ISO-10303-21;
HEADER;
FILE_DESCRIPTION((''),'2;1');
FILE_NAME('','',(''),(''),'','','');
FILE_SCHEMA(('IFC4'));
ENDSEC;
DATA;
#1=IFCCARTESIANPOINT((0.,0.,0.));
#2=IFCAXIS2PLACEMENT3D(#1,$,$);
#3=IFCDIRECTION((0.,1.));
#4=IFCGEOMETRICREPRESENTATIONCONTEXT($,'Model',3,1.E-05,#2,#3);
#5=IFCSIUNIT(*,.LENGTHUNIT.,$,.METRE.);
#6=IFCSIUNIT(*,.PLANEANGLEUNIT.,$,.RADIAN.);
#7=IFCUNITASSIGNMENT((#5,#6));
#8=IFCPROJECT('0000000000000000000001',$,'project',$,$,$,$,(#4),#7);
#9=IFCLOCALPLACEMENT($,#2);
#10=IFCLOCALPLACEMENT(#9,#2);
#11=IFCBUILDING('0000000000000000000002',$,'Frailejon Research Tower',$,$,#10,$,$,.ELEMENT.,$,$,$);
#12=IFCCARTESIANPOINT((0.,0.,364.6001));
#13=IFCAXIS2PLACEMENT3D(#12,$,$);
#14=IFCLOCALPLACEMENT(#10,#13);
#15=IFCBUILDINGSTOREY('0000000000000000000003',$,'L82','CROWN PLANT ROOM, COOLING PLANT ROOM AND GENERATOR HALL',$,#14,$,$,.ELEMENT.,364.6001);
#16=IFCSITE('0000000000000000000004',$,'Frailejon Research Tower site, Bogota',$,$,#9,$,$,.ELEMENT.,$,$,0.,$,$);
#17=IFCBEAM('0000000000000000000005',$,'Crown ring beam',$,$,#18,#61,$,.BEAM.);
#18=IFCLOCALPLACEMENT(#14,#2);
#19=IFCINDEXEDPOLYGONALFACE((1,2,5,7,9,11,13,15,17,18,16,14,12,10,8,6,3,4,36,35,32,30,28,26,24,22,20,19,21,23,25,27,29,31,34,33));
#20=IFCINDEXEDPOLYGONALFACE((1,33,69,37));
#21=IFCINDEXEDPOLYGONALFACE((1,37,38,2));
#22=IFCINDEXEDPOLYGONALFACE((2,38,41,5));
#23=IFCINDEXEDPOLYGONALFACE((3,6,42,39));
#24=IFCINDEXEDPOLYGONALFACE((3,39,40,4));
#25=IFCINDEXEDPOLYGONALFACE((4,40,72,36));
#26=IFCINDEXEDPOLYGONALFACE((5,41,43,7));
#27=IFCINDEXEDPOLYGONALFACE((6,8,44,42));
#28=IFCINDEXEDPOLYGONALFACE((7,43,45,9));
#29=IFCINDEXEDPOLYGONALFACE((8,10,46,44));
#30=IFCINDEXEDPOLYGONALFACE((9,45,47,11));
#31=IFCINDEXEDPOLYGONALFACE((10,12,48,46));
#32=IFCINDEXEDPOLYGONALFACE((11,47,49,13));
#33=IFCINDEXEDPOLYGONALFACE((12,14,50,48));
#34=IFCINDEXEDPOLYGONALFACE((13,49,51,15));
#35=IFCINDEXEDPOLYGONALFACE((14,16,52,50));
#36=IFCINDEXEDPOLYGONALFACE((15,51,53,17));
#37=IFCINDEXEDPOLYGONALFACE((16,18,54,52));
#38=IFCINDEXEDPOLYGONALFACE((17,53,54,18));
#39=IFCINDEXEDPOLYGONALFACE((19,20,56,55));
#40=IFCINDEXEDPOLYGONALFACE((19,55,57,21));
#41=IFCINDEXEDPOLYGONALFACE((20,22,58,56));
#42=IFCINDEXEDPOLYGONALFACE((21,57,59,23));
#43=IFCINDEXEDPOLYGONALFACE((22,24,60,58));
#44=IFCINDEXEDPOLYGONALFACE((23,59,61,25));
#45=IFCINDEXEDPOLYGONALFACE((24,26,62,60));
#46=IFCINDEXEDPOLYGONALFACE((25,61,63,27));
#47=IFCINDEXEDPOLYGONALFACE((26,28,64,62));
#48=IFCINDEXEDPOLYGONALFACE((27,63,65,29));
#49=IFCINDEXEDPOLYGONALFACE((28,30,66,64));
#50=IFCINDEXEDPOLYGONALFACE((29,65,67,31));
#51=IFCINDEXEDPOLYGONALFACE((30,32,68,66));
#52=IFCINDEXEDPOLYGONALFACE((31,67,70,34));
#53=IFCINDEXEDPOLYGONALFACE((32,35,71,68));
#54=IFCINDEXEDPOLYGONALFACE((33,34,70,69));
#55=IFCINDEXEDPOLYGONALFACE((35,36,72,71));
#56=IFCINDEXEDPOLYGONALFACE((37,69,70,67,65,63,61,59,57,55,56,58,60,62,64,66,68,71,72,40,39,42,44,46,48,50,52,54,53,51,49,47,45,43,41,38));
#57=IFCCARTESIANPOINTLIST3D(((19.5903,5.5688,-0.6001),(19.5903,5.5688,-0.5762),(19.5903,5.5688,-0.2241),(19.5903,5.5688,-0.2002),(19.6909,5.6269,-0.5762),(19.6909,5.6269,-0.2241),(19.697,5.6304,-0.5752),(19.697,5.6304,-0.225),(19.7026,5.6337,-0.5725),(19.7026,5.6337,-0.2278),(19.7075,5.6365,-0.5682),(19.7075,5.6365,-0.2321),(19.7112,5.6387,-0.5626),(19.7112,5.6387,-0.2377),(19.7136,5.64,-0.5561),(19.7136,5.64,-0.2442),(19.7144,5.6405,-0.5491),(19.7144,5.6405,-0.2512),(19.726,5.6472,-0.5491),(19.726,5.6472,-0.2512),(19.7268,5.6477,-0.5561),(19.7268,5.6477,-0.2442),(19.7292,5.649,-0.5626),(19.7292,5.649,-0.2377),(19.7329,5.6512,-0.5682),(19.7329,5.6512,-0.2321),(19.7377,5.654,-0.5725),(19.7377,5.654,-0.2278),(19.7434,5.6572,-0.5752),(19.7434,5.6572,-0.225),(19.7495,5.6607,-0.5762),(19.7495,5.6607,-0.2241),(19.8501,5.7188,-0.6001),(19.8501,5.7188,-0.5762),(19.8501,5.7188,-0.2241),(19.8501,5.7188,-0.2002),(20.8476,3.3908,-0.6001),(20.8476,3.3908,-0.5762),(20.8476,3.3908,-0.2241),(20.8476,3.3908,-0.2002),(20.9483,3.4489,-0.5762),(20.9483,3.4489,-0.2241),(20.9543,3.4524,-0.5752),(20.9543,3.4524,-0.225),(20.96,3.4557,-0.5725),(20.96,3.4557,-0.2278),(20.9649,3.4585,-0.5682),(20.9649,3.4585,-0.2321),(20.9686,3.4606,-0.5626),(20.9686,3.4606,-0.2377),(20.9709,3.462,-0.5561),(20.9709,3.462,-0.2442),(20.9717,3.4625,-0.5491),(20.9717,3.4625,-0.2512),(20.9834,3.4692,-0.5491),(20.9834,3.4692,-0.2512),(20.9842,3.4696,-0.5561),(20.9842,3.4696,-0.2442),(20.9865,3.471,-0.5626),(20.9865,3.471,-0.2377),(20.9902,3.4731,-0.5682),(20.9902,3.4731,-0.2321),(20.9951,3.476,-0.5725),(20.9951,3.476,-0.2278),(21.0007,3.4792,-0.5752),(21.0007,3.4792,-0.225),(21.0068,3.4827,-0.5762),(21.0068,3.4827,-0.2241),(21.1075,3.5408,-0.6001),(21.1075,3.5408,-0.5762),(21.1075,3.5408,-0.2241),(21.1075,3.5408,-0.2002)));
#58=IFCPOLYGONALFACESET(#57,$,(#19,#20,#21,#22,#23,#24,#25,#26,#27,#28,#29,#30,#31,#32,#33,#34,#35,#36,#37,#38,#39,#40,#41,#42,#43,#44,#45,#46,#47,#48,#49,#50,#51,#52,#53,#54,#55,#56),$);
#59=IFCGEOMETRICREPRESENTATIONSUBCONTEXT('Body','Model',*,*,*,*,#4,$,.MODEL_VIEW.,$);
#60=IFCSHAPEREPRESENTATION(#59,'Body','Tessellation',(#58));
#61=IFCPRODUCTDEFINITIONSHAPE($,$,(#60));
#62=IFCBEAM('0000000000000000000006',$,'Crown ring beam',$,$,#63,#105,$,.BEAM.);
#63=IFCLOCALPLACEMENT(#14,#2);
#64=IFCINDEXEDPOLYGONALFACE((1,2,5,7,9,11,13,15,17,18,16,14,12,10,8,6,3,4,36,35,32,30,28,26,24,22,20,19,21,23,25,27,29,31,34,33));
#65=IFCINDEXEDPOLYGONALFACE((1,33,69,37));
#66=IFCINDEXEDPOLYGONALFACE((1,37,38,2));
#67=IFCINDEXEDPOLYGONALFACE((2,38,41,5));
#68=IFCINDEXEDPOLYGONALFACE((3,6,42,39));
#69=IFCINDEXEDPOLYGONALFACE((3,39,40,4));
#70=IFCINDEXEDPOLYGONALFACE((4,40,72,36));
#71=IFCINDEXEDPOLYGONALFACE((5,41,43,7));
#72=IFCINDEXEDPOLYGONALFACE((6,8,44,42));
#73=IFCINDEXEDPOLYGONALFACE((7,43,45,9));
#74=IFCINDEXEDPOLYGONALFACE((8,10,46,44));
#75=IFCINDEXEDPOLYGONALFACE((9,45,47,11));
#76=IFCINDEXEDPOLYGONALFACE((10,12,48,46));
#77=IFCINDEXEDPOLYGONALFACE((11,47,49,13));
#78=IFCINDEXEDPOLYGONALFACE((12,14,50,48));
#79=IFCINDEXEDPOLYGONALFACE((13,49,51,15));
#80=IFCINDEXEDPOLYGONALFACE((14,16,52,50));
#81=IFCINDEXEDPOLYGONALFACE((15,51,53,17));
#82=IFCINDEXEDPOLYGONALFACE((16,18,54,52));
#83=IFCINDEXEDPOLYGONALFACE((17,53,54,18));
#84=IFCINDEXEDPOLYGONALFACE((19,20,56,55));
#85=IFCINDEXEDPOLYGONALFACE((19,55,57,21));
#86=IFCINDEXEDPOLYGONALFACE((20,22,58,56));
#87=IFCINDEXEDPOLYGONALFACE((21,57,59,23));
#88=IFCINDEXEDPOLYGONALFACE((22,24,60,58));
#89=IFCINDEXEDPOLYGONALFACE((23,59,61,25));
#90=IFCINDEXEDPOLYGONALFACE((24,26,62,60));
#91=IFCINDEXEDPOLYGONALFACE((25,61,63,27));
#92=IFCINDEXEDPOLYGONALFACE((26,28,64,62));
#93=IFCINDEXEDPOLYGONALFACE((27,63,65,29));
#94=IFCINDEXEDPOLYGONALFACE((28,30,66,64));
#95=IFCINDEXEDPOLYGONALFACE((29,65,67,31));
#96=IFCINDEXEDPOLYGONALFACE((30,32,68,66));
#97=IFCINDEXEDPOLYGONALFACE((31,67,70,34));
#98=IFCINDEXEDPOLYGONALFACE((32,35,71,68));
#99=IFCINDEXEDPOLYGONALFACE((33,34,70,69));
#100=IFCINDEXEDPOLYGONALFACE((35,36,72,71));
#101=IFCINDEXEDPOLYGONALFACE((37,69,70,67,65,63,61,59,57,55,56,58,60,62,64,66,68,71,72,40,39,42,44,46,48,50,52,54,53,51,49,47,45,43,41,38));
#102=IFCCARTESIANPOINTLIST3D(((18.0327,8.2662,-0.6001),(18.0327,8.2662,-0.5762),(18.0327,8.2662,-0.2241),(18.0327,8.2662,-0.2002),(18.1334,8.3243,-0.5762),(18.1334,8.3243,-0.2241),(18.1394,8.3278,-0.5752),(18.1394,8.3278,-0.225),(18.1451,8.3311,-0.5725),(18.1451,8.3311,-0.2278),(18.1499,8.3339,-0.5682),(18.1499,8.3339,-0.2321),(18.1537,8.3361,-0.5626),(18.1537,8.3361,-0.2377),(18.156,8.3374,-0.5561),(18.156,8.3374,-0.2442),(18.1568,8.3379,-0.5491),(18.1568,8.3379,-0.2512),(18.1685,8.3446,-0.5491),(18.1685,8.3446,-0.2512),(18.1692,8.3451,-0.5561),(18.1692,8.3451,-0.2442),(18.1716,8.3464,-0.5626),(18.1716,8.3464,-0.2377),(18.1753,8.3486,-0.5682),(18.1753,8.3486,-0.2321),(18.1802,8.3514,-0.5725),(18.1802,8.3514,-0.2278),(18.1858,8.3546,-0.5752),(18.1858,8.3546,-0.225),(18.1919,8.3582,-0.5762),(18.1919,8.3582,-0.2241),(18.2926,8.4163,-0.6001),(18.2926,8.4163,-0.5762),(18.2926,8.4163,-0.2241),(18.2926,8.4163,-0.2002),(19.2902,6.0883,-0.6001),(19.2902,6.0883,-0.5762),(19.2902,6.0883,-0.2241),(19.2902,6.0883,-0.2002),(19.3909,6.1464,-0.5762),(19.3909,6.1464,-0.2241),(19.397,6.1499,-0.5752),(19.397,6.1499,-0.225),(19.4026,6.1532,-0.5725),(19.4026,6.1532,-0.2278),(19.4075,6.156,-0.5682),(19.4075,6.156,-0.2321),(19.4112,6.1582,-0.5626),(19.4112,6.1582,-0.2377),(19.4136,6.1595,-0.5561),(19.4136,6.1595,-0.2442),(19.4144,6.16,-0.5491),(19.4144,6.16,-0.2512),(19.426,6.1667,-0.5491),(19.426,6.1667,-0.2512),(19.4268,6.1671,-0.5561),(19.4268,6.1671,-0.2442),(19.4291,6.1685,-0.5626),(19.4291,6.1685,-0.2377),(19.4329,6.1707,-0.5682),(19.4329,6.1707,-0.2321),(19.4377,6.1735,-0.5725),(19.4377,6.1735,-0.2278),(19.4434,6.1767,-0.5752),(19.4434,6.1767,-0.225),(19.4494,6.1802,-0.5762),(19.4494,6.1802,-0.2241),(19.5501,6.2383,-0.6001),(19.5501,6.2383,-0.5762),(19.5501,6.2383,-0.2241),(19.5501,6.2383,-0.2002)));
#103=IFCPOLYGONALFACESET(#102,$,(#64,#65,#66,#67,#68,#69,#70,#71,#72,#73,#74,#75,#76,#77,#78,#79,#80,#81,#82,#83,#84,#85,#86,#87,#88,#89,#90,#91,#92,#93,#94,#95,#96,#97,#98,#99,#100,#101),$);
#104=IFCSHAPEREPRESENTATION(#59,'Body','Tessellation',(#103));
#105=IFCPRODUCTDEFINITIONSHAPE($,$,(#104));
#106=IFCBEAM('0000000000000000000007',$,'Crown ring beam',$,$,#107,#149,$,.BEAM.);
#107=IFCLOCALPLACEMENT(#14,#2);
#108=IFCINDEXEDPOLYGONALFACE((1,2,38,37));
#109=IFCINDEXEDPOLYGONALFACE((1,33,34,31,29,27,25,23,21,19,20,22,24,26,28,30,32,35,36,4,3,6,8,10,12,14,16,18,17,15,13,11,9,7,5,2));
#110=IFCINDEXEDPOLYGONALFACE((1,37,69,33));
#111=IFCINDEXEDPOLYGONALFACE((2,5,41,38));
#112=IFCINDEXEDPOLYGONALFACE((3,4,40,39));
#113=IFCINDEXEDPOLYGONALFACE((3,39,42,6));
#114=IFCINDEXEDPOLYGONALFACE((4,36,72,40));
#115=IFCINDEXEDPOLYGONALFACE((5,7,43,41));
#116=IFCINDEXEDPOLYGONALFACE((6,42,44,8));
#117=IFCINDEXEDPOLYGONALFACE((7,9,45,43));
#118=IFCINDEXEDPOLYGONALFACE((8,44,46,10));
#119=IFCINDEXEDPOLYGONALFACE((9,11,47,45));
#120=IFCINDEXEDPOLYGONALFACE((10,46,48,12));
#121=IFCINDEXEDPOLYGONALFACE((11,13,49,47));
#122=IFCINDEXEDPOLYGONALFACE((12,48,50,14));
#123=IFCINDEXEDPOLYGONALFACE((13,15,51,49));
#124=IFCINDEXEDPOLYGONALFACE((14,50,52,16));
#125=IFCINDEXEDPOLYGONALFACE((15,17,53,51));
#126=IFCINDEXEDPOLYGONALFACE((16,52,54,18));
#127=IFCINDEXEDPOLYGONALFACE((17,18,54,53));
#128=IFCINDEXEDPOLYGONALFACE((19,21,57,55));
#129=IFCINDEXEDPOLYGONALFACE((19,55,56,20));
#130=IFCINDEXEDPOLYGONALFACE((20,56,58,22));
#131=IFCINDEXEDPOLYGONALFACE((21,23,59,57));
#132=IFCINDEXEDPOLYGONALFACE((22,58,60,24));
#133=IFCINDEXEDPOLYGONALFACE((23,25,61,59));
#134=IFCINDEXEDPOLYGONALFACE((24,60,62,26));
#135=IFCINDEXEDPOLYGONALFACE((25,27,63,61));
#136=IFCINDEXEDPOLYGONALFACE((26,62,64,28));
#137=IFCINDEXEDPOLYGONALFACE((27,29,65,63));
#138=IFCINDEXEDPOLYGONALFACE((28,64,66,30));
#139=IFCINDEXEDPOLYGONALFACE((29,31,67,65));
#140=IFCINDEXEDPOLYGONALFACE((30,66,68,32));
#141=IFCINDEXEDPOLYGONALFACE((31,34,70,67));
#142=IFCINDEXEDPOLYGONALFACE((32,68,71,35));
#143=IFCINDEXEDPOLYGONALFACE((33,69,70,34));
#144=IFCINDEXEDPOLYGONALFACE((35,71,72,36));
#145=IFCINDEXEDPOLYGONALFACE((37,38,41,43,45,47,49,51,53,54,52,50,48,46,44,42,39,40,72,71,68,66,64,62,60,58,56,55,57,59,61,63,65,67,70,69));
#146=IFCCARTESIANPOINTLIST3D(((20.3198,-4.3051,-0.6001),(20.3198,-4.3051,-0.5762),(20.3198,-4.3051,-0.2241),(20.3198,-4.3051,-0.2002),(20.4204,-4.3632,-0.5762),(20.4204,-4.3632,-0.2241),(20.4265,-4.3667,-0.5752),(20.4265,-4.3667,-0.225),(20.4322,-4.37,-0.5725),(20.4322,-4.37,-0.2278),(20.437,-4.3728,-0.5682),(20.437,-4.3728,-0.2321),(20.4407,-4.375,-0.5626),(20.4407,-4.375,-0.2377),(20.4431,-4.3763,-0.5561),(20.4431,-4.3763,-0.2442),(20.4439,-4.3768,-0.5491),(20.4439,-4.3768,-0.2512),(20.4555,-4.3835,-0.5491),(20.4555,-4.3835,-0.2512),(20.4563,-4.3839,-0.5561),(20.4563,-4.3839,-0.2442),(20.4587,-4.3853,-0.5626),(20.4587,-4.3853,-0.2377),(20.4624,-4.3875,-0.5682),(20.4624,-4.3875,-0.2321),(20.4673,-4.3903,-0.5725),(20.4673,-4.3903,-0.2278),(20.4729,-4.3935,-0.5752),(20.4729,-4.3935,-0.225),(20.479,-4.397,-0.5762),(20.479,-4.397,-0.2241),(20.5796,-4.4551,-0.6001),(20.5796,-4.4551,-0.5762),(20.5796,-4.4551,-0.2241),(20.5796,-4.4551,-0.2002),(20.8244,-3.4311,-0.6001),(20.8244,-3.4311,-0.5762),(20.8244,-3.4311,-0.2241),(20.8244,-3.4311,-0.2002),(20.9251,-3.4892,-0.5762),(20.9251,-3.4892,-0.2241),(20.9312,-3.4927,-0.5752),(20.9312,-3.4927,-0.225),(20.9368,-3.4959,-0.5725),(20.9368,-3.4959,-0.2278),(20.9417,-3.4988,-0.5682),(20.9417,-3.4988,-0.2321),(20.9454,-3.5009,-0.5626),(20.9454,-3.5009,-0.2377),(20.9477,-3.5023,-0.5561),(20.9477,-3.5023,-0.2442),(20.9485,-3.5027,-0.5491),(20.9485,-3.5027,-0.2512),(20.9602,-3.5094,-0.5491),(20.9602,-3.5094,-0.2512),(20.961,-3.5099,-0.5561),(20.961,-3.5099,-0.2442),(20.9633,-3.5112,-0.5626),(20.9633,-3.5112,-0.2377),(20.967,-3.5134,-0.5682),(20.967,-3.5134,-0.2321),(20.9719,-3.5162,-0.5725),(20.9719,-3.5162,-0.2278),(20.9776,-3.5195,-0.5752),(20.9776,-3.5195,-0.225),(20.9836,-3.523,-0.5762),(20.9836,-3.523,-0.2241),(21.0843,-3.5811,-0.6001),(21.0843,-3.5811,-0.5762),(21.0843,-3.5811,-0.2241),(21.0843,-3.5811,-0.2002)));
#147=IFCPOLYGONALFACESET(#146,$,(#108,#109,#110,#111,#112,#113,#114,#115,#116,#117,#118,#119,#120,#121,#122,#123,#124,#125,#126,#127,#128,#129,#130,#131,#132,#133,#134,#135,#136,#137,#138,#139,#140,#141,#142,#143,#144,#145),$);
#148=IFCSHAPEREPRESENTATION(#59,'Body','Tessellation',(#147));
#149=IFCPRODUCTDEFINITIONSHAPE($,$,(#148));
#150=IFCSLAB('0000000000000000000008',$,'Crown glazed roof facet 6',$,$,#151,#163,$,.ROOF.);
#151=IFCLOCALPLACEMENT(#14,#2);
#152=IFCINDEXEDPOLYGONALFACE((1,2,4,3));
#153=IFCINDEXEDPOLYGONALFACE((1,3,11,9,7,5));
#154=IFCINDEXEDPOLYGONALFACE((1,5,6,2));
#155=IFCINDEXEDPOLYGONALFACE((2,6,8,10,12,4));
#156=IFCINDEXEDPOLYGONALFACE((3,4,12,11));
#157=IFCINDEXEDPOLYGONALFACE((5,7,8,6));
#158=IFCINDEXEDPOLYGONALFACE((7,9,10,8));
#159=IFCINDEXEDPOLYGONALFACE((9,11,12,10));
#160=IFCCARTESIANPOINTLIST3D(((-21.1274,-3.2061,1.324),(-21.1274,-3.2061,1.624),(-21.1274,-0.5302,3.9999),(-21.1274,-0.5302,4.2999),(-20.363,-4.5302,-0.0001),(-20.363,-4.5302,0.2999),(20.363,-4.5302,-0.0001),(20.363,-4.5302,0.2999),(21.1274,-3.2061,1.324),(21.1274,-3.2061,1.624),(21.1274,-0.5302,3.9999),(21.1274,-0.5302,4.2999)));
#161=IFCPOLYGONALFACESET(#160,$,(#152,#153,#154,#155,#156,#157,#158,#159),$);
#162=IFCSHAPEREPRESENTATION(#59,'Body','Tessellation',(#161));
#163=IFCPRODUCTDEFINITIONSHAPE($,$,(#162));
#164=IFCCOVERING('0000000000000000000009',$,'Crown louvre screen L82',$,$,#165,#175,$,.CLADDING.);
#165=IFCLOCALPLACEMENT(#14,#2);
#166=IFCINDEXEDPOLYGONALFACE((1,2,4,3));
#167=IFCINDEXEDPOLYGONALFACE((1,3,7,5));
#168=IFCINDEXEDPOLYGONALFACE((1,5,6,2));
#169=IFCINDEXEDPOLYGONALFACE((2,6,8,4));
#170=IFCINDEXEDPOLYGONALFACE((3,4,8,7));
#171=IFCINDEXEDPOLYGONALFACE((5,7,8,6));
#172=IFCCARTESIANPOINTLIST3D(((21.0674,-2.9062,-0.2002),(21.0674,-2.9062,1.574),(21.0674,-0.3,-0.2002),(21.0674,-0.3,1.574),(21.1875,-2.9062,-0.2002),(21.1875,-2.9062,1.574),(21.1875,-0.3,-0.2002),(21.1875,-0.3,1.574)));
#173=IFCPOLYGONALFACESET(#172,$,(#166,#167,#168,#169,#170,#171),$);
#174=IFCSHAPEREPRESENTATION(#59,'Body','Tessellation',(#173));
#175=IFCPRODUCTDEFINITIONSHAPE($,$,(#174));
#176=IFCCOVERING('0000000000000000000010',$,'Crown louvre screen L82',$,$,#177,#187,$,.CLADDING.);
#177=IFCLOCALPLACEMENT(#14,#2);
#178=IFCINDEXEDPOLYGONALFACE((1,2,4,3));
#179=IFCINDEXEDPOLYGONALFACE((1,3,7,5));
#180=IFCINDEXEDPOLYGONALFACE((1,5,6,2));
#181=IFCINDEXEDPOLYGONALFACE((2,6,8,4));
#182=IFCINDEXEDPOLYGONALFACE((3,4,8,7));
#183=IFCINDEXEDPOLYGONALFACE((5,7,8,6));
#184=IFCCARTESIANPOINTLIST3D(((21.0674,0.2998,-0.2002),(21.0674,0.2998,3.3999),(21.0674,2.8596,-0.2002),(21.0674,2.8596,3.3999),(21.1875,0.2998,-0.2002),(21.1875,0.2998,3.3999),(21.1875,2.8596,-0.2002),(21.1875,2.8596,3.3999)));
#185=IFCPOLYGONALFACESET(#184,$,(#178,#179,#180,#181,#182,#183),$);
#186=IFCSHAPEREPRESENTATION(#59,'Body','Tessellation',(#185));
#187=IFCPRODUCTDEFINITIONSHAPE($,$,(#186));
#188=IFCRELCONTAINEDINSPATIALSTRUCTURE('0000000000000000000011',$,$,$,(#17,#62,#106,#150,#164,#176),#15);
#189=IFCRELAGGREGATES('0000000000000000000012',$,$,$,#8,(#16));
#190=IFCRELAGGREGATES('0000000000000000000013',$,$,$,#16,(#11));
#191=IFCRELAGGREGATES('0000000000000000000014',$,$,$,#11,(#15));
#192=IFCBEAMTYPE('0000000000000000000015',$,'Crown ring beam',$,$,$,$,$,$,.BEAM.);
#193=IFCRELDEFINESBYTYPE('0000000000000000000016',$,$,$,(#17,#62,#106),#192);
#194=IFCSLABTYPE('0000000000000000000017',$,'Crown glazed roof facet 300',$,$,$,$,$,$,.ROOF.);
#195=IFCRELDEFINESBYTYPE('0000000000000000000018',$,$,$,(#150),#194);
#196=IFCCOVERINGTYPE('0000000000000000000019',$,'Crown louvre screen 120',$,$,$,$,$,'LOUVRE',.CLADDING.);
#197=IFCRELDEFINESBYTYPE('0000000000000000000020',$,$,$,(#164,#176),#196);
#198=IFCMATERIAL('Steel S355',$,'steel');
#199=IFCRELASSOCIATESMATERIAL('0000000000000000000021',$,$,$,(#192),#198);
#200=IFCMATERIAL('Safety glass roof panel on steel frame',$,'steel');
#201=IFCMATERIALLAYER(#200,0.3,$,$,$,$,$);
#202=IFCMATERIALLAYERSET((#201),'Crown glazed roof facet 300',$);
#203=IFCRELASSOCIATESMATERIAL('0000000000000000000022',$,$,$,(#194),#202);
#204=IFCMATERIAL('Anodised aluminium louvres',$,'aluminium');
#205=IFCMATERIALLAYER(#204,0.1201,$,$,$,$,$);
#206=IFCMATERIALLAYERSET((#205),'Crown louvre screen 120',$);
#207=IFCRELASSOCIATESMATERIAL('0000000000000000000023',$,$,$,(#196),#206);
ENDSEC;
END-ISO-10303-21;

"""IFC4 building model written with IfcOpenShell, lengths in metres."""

from ifc_helpers import new_model, si_unit, direction, frame, origin, origin_2d, place, context, subcontext, project, spatial, polyline, i_section, outline, extrude, material, layer, layer_set, material_profile, profile_set, type_object, element, save


model = new_model("IFC4")

# Units and contexts
model_context = context("Model", 3, precision=1e-05, world=origin(), true_north=direction((0.0, 1.0)))
body_context = subcontext(model_context, "Body", "Model", "MODEL_VIEW")
ifc_project = project(units=[si_unit("LENGTHUNIT", "METRE"), si_unit("PLANEANGLEUNIT", "RADIAN")], contexts=[model_context])

# Site, building, storey
site_placement = place(None, origin())
site = spatial("IfcSite", under=ifc_project, at=site_placement, Name="Frailejon Research Tower site, Bogota", CompositionType="ELEMENT", RefElevation=0.0)
building_placement = place(site_placement, origin())
building = spatial("IfcBuilding", under=site, at=building_placement, Name="Frailejon Research Tower", CompositionType="ELEMENT")
storey_placement = place(building_placement, frame((0.0, 0.0, 364.6001)))
storey = spatial("IfcBuildingStorey", under=building, at=storey_placement, Name="L82", Description="CROWN PLANT ROOM, COOLING PLANT ROOM AND GENERATOR HALL", CompositionType="ELEMENT", Elevation=364.6001)

# Beams
ifc_material_1 = material(Name="Steel S355", Category="steel")
ifc_material_profile_1 = material_profile(ifc_material_1, i_section(OverallWidth=0.3, OverallDepth=0.3999, WebThickness=0.0134, FlangeThickness=0.0239, FilletRadius=0.0271, at=origin_2d()), Name="HE 400 B")
ifc_profile_set_1 = profile_set([ifc_material_profile_1], Name="Steel S355")
beam_type_1 = type_object("IfcBeamType", Name="Crown ring beam", PredefinedType="BEAM", material=ifc_profile_set_1)
for number, where, z_axis, x_axis, name in (
    (1, (20.9775, 3.4658, -0.4001), (-0.499961, 0.866048, 0.0), (-0.866048, -0.499961, 0.0), "Crown ring beam"),
    (2, (19.4202, 6.1633, -0.4001), (-0.500033, 0.866006, 0.0), (-0.866006, -0.500033, 0.0), "Crown ring beam"),
):
    element("IfcBeam", number, at=place(storey_placement, frame(where, z_axis=z_axis, x_axis=x_axis)), inside=storey, type_object=beam_type_1, Name=name, PredefinedType="BEAM", context=body_context, shape_type="SweptSolid", body=[
        extrude(i_section(OverallWidth=0.3, OverallDepth=0.3999, WebThickness=0.0134, FlangeThickness=0.0239, FilletRadius=0.0271, at=origin_2d()), origin(), (0.0, 0.0, 1.0), 2.5149),
    ])
beam_1_placement = place(storey_placement, frame((20.4497, -4.3801, -0.4001), z_axis=(0.500016, 0.866016, 0.0), x_axis=(-0.866016, 0.500016, 0.0)))
element("IfcBeam", 3, at=beam_1_placement, inside=storey, type_object=beam_type_1, Name="Crown ring beam", PredefinedType="BEAM", context=body_context, shape_type="SweptSolid", body=[
    extrude(i_section(OverallWidth=0.3, OverallDepth=0.3999, WebThickness=0.0134, FlangeThickness=0.0239, FilletRadius=0.0271, at=origin_2d()), origin(), (0.0, 0.0, 1.0), 1.0093),
])

# Slab
ifc_material_2 = material(Name="Safety glass roof panel on steel frame", Category="steel")
ifc_layer_1 = layer(ifc_material_2, 0.3)
ifc_layer_set_1 = layer_set([ifc_layer_1], Name="Crown glazed roof facet 300")
slab_type = type_object("IfcSlabType", Name="Crown glazed roof facet 300", PredefinedType="ROOF", material=ifc_layer_set_1)
slab_placement = place(storey_placement, frame((21.1274, -3.2061, 1.324), z_axis=(0.0, -0.707107, 0.707106), x_axis=(-0.377938, -0.654661, -0.654662)))
element("IfcSlab", 4, at=slab_placement, inside=storey, type_object=slab_type, Name="Crown glazed roof facet 6", PredefinedType="ROOF", context=body_context, shape_type="SweptSolid", body=[
    extrude(outline(polyline([(0.0, 0.0), (2.0226, 0.0), (17.4145, -37.7055), (15.9697, -39.1209), (12.4661, -40.5511), (-3.5036, -1.4302), (0.0, 0.0)])), origin(), (-0.654662, -0.267242, 0.707106), 0.3),
])

# Coverings
ifc_material_3 = material(Name="Anodised aluminium louvres", Category="aluminium")
ifc_layer_2 = layer(ifc_material_3, 0.1201)
ifc_layer_set_2 = layer_set([ifc_layer_2], Name="Crown louvre screen 120")
covering_type = type_object("IfcCoveringType", Name="Crown louvre screen 120", ElementType="LOUVRE", PredefinedType="CLADDING", material=ifc_layer_set_2)
covering_1_placement = place(storey_placement, frame((21.1274, -0.3, -0.2002), z_axis=(0.0, -1.0, 0.0), x_axis=(1.0, 0.0, 0.0)))
element("IfcCovering", 5, at=covering_1_placement, inside=storey, type_object=covering_type, Name="Crown louvre screen L82", PredefinedType="CLADDING", context=body_context, shape_type="SweptSolid", body=[
    extrude(outline(polyline([(-0.0601, 0.0), (0.0601, 0.0), (0.0601, 1.7742), (-0.0601, 1.7742), (-0.0601, 0.0)])), origin(), (0.0, 0.0, 1.0), 2.6062),
])
covering_2_placement = place(storey_placement, frame((21.1274, 2.8596, -0.2002), z_axis=(0.0, -1.0, 0.0), x_axis=(1.0, 0.0, 0.0)))
element("IfcCovering", 6, at=covering_2_placement, inside=storey, type_object=covering_type, Name="Crown louvre screen L82", PredefinedType="CLADDING", context=body_context, shape_type="SweptSolid", body=[
    extrude(outline(polyline([(-0.0601, 0.0), (0.0601, 0.0), (0.0601, 3.6001), (-0.0601, 3.6001), (-0.0601, 0.0)])), origin(), (0.0, 0.0, 1.0), 2.5598),
])

save(model, "model.ifc")
